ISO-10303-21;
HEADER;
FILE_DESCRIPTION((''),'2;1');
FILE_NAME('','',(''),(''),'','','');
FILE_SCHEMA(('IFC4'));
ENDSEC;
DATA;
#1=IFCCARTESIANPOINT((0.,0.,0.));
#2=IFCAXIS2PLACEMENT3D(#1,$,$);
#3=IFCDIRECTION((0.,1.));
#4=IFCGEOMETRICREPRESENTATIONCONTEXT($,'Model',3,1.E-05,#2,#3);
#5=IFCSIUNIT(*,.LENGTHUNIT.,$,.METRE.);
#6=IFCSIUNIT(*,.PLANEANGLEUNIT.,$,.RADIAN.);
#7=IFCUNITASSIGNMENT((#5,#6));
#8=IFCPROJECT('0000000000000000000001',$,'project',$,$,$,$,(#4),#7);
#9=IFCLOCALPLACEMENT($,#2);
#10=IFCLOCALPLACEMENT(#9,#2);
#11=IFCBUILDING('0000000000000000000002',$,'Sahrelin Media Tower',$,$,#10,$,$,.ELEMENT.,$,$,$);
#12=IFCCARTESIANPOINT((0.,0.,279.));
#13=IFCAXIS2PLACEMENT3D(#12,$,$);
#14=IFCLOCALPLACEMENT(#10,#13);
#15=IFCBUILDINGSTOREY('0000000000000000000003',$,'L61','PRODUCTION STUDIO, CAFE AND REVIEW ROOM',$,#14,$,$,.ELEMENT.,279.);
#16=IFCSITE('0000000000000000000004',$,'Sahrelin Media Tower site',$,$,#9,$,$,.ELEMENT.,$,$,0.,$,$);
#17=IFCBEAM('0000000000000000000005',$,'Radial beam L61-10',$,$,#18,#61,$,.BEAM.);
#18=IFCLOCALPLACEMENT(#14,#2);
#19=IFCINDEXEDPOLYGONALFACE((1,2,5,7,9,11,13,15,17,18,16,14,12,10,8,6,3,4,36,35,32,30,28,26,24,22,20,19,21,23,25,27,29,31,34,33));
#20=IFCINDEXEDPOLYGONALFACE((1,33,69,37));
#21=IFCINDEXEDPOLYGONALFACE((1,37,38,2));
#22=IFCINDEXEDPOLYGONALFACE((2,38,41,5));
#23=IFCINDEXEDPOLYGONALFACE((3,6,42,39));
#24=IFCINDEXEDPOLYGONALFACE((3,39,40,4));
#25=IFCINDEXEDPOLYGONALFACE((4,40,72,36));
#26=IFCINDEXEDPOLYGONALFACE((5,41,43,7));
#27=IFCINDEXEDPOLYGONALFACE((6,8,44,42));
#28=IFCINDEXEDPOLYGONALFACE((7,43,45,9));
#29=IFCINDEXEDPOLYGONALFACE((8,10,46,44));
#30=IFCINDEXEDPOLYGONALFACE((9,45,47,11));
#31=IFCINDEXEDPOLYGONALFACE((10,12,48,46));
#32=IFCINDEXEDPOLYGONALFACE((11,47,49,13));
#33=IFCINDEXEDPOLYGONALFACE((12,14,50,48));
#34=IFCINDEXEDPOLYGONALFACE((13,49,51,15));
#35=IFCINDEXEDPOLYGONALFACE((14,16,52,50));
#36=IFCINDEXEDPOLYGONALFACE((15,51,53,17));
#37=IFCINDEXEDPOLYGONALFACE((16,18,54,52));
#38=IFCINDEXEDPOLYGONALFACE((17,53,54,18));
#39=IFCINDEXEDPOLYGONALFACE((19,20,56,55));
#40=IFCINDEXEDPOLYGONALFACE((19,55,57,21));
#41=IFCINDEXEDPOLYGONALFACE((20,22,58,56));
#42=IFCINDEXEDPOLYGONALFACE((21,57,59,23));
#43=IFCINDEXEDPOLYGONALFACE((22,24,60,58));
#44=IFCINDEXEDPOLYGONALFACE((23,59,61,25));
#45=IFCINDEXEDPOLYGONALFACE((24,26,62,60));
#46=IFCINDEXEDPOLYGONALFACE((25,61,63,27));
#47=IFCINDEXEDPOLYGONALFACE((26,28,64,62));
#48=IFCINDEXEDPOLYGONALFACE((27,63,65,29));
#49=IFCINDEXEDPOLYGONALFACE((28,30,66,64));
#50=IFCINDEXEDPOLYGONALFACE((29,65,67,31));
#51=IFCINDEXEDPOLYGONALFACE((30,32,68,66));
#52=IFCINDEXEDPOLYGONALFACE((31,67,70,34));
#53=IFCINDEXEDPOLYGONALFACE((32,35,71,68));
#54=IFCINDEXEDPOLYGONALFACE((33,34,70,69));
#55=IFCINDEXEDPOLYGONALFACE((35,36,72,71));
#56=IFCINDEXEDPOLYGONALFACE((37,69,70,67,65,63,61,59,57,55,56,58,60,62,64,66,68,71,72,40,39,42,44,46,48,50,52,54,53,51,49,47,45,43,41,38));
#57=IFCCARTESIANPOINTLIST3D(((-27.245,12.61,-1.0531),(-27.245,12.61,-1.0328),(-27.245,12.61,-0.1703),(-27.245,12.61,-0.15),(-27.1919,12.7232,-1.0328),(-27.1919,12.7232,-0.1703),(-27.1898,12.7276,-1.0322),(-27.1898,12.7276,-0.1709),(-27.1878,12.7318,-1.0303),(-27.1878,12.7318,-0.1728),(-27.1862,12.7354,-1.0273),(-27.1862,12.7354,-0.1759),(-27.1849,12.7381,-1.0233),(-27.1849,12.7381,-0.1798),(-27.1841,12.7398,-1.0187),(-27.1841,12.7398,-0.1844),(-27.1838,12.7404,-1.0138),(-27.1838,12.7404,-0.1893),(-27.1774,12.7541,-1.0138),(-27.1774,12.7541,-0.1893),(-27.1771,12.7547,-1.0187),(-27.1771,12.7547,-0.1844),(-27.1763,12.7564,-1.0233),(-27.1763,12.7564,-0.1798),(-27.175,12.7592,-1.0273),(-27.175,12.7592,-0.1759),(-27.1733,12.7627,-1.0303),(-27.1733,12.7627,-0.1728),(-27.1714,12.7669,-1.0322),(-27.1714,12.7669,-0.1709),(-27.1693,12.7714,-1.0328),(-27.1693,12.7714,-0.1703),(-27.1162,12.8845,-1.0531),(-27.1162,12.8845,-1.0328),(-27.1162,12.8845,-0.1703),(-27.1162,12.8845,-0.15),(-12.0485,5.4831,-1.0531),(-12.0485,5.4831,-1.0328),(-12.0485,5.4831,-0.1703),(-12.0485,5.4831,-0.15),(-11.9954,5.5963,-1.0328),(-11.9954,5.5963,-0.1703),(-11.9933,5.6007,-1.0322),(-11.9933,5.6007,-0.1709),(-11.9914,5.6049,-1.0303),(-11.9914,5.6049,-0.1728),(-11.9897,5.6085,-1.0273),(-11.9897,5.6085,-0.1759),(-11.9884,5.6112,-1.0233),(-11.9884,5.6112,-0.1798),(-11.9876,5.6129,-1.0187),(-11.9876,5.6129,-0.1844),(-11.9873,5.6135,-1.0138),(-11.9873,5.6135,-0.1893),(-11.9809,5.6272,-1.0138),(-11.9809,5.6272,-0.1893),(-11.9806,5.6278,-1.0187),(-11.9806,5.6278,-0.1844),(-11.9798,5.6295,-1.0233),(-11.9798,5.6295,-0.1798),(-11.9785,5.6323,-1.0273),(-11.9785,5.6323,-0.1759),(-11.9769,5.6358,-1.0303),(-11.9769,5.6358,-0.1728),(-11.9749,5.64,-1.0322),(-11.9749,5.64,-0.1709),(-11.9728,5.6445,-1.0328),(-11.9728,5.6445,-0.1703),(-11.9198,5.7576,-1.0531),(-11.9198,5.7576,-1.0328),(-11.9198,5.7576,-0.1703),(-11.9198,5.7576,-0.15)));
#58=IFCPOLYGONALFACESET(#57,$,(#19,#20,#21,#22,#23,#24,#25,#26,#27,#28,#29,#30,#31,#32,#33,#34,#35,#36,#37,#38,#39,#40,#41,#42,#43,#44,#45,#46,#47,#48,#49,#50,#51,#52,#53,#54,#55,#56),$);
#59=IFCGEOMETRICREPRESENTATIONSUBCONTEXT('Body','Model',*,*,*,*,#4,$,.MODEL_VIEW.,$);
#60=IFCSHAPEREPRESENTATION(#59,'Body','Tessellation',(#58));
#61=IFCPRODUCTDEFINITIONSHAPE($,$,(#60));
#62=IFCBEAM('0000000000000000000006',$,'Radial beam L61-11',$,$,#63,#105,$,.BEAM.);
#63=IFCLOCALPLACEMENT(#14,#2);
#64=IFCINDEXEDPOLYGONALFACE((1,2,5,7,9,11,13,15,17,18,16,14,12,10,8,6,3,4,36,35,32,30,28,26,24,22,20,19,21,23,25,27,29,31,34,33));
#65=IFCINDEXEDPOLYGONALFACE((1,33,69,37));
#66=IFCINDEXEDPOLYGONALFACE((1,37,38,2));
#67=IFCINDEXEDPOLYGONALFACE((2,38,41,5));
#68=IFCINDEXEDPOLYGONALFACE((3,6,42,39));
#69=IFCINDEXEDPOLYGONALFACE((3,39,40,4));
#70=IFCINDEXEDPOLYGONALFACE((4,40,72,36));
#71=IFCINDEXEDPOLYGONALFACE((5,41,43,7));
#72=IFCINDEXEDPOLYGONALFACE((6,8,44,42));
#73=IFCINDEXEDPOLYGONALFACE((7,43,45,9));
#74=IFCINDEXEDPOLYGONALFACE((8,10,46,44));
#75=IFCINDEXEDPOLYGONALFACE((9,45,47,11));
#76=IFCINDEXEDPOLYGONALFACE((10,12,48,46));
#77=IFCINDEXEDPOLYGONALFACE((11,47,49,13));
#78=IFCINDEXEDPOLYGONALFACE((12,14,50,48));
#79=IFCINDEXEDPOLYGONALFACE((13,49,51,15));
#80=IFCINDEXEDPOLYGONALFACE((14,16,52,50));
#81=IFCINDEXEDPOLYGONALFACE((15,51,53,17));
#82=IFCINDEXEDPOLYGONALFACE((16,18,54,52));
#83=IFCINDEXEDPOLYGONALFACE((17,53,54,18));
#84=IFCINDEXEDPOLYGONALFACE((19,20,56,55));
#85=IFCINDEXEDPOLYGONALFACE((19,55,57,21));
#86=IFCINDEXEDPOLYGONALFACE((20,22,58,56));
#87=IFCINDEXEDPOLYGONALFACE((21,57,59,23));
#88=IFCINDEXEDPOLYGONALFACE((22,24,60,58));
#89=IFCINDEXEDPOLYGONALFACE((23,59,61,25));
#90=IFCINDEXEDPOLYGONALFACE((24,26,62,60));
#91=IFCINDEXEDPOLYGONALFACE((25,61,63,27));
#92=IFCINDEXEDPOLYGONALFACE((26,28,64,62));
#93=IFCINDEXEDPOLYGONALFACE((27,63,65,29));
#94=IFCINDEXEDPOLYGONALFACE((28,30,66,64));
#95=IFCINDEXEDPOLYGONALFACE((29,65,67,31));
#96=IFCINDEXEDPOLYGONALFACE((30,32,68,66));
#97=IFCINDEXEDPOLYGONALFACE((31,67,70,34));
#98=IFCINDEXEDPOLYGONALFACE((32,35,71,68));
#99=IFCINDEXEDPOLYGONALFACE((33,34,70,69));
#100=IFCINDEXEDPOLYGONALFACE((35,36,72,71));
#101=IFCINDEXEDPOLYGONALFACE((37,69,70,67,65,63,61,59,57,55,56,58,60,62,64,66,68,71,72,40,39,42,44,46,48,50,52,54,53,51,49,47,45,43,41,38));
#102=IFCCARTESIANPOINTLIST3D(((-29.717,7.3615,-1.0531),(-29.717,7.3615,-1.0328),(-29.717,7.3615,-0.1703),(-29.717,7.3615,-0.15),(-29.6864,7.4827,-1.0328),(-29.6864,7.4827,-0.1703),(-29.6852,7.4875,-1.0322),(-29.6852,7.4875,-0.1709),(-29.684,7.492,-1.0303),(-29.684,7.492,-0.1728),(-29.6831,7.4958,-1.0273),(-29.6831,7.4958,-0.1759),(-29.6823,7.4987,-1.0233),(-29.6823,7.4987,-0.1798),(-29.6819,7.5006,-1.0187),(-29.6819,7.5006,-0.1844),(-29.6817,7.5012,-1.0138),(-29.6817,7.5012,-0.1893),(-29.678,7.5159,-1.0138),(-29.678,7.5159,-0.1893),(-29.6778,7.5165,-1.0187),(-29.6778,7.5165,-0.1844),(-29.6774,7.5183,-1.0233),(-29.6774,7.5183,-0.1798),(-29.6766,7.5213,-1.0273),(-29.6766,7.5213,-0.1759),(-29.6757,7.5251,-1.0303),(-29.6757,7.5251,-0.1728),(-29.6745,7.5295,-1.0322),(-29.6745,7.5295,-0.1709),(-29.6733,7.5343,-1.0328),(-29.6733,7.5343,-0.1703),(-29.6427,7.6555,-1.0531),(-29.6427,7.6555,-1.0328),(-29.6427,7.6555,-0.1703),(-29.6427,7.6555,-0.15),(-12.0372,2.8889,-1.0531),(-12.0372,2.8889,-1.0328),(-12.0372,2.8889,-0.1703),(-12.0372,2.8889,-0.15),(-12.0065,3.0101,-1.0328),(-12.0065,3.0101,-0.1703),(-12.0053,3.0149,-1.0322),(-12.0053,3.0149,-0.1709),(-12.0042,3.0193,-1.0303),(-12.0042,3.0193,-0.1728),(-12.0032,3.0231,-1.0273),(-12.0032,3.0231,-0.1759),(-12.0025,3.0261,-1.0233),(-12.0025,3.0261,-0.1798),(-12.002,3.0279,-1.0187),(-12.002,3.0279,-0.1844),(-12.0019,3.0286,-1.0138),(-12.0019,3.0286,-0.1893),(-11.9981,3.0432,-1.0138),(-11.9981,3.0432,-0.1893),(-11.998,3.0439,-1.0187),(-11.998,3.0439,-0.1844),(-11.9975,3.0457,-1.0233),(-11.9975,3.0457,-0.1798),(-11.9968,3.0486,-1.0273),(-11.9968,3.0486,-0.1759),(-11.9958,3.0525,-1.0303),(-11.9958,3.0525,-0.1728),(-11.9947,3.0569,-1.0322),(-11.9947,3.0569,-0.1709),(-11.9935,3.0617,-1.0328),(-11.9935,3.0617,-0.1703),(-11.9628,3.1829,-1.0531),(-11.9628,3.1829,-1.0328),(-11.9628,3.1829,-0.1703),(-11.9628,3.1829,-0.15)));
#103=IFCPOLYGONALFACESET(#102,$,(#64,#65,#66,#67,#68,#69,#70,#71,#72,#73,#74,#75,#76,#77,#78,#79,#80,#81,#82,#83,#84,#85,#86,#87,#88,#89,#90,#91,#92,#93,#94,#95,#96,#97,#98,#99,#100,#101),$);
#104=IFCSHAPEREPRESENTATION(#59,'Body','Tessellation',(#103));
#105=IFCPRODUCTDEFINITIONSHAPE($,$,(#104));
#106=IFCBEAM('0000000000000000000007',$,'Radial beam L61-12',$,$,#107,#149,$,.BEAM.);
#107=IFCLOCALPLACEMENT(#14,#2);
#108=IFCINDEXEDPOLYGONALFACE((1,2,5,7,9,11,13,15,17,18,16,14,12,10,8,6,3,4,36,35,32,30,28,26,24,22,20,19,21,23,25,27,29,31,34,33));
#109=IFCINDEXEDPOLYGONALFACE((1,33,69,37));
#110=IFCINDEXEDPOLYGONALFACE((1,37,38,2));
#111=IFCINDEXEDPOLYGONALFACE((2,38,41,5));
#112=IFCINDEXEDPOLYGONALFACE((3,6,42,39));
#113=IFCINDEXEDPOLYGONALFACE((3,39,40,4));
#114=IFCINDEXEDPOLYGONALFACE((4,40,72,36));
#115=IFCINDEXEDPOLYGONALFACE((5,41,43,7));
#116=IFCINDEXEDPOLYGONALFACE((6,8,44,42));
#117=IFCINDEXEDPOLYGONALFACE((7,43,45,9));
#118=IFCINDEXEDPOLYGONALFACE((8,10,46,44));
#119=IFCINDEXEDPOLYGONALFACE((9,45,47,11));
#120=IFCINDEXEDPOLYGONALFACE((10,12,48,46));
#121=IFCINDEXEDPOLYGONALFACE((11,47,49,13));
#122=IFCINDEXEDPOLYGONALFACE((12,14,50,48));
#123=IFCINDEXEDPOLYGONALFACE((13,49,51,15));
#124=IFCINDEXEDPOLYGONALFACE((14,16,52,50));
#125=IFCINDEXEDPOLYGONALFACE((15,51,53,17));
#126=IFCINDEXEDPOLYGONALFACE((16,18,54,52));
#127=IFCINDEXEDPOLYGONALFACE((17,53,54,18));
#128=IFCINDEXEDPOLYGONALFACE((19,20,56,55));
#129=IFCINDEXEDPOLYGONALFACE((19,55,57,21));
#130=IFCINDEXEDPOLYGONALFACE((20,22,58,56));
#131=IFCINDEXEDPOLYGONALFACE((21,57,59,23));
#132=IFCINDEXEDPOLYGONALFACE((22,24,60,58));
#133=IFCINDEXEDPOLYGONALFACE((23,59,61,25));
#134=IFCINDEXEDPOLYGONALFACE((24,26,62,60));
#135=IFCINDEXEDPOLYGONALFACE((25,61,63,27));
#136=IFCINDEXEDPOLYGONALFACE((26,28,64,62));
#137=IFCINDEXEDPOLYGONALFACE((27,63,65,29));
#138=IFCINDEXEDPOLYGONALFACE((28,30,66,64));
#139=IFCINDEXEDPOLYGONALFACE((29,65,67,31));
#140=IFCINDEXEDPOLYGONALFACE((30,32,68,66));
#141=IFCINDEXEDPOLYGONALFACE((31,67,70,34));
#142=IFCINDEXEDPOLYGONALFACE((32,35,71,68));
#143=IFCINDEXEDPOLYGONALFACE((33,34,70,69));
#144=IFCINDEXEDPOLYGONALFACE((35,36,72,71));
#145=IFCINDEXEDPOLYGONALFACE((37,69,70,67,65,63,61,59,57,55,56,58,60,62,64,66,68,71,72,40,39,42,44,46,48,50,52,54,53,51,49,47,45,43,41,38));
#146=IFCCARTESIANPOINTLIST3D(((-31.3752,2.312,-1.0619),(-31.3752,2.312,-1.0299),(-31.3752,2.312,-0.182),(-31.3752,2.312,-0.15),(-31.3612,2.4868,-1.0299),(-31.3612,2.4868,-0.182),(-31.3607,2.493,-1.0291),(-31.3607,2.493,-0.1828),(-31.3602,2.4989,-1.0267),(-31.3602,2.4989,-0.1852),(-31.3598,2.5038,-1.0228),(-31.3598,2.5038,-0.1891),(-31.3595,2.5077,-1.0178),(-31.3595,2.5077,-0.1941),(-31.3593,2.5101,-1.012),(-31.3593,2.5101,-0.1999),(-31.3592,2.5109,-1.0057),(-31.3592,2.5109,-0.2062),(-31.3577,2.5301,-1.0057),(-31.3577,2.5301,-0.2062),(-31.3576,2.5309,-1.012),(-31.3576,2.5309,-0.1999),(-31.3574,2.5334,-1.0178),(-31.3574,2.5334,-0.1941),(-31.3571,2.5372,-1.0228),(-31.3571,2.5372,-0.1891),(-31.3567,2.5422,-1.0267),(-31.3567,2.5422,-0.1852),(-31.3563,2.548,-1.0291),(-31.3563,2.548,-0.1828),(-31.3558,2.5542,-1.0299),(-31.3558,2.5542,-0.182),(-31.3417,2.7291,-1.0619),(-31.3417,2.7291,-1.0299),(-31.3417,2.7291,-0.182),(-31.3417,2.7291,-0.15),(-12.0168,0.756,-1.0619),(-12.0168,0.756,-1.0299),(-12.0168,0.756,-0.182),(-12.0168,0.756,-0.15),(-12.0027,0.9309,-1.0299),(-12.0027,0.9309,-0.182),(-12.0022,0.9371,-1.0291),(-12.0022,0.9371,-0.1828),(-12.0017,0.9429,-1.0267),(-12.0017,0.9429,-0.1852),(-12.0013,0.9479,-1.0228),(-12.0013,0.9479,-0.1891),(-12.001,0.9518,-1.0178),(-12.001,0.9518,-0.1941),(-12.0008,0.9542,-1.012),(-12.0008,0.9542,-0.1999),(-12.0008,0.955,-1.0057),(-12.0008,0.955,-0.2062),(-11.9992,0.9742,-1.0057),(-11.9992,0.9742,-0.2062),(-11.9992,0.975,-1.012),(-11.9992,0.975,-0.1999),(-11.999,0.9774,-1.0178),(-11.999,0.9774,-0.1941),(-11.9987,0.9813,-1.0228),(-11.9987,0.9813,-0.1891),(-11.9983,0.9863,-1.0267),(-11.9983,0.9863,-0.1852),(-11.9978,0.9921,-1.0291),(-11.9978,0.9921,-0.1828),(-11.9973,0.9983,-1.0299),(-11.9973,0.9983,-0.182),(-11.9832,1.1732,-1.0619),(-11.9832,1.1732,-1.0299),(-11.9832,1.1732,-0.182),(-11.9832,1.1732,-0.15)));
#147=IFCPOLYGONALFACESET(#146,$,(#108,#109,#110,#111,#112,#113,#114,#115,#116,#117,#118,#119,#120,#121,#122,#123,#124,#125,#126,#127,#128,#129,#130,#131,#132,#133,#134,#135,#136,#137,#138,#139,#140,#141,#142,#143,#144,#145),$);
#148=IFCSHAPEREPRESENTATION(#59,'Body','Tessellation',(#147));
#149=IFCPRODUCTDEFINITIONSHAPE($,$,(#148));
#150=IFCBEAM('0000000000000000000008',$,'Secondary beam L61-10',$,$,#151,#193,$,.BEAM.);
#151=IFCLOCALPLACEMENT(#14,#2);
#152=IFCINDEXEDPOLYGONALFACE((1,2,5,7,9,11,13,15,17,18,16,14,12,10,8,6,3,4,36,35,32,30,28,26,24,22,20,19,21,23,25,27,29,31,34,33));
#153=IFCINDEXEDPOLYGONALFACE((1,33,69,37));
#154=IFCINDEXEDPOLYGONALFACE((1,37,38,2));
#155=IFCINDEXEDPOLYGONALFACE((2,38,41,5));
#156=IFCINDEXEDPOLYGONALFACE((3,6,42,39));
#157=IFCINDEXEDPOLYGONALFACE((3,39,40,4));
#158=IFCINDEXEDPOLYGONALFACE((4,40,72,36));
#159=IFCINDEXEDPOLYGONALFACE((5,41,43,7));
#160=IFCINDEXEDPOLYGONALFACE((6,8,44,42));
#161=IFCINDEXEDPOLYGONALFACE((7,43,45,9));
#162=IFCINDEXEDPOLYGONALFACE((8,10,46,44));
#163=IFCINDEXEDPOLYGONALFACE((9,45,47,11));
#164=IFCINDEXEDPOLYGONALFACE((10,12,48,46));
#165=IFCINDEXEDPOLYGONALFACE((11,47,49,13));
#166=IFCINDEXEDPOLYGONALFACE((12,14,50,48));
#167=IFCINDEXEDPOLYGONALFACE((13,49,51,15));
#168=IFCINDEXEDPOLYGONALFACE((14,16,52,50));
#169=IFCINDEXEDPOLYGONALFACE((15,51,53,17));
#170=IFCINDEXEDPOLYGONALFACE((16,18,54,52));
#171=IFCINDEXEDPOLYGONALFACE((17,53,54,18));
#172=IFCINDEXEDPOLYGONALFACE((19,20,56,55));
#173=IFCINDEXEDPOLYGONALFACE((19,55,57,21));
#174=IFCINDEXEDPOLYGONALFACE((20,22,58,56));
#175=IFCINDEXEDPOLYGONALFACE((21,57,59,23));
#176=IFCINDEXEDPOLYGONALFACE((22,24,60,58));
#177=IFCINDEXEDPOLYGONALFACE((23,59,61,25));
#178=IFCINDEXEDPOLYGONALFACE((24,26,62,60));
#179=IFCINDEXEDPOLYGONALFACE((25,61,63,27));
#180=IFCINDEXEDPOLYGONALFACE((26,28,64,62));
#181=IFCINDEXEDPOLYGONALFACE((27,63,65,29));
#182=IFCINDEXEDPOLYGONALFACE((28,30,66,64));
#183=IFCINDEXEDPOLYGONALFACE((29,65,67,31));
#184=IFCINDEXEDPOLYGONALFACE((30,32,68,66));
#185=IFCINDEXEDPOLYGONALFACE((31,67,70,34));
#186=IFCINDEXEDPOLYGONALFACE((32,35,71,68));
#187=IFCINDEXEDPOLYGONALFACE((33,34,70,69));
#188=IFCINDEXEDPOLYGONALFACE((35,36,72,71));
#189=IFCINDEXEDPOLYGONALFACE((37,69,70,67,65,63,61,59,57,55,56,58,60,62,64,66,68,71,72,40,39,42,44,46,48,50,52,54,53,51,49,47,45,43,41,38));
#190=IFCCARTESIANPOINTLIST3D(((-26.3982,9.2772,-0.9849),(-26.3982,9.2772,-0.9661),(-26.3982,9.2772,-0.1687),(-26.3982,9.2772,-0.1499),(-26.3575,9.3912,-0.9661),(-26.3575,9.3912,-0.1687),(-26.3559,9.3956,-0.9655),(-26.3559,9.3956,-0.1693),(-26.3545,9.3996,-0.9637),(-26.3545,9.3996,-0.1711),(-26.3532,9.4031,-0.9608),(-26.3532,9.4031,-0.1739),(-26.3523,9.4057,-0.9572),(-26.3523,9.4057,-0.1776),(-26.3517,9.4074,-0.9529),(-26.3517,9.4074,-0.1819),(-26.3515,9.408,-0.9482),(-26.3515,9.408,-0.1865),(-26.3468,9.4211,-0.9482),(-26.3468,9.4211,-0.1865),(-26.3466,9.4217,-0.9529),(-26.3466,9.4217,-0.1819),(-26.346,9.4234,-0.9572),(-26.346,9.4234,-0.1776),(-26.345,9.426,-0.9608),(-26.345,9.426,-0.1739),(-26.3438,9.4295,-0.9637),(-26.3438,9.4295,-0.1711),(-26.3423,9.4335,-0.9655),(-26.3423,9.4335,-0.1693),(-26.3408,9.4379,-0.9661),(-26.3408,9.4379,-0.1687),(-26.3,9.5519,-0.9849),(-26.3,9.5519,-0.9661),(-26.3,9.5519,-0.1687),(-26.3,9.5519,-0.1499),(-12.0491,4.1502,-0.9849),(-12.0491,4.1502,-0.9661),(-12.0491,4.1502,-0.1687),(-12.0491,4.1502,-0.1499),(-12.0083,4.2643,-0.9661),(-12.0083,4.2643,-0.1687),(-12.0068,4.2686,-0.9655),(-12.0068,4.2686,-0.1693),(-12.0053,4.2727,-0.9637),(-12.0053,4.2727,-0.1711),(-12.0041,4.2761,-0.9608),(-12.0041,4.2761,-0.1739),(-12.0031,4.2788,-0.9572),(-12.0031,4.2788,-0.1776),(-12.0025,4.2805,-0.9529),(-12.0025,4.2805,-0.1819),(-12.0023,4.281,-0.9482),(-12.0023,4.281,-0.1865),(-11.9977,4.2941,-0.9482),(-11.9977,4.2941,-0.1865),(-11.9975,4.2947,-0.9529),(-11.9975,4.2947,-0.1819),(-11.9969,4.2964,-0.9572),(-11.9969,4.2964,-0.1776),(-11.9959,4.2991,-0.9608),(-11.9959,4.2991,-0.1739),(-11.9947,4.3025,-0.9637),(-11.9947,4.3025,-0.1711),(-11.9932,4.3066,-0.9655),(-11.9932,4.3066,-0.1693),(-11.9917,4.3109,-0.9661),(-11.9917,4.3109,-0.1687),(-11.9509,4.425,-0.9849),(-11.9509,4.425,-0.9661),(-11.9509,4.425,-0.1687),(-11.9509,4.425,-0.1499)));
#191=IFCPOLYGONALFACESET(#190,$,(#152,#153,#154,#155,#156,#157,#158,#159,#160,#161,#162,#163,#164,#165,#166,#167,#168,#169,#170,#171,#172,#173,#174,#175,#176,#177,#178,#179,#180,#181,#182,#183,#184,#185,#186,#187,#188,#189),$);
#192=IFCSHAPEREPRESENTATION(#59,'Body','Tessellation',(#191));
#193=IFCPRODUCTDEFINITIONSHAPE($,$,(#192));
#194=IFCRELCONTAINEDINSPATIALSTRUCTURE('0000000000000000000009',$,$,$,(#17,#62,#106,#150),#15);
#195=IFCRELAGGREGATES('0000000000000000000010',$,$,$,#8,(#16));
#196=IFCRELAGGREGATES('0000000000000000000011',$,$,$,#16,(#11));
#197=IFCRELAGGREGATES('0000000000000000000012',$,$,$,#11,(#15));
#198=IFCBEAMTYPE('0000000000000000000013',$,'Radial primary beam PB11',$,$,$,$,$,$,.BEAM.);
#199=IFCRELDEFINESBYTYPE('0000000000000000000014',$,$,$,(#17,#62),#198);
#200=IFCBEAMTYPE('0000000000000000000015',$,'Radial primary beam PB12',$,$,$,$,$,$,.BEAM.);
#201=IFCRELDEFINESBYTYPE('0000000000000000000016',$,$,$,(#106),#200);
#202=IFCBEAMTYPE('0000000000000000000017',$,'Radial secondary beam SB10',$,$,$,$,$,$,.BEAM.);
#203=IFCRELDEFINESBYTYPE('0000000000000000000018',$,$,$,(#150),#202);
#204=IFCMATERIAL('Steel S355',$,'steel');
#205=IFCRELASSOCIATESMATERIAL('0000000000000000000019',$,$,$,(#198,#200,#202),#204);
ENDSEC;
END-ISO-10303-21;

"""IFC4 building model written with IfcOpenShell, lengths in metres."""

from ifc_helpers import new_model, si_unit, direction, frame, origin, origin_2d, place, context, subcontext, project, spatial, i_section, extrude, material, material_profile, profile_set, type_object, element, save


model = new_model("IFC4")

# Units and contexts
model_context = context("Model", 3, precision=1e-05, world=origin(), true_north=direction((0.0, 1.0)))
body_context = subcontext(model_context, "Body", "Model", "MODEL_VIEW")
ifc_project = project(units=[si_unit("LENGTHUNIT", "METRE"), si_unit("PLANEANGLEUNIT", "RADIAN")], contexts=[model_context])

# Site, building, storey
site_placement = place(None, origin())
site = spatial("IfcSite", under=ifc_project, at=site_placement, Name="Sahrelin Media Tower site", CompositionType="ELEMENT", RefElevation=0.0)
building_placement = place(site_placement, origin())
building = spatial("IfcBuilding", under=site, at=building_placement, Name="Sahrelin Media Tower", CompositionType="ELEMENT")
storey_placement = place(building_placement, frame((0.0, 0.0, 279.0)))
storey = spatial("IfcBuildingStorey", under=building, at=storey_placement, Name="L61", Description="PRODUCTION STUDIO, CAFE AND REVIEW ROOM", CompositionType="ELEMENT", Elevation=279.0)

# Beams
ifc_material_1 = material(Name="Steel S355", Category="steel")
ifc_material_profile_1 = material_profile(ifc_material_1, i_section(OverallWidth=0.3032, OverallDepth=0.9031, WebThickness=0.0151, FlangeThickness=0.0203, FilletRadius=0.019, at=origin_2d()), Name="UB 914x305x201")
ifc_profile_set_1 = profile_set([ifc_material_profile_1], Name="Steel S355")
beam_type_1 = type_object("IfcBeamType", Name="Radial primary beam PB11", PredefinedType="BEAM", material=ifc_profile_set_1)
beam_1_placement = place(storey_placement, frame((-11.9841, 5.6204, -0.6016), z_axis=(-0.905377, 0.424609, 0.0), x_axis=(-0.424609, -0.905377, 0.0)))
element("IfcBeam", 1, at=beam_1_placement, inside=storey, type_object=beam_type_1, Name="Radial beam L61-10", PredefinedType="BEAM", context=body_context, shape_type="SweptSolid", body=[
    extrude(i_section(OverallWidth=0.3032, OverallDepth=0.9031, WebThickness=0.0151, FlangeThickness=0.0203, FilletRadius=0.019, at=origin_2d()), origin(), (0.0, 0.0, 1.0), 16.7847),
])
beam_2_placement = place(storey_placement, frame((-12.0, 3.0359, -0.6016), z_axis=(-0.969459, 0.245253, 0.0), x_axis=(-0.245253, -0.969459, 0.0)))
element("IfcBeam", 2, at=beam_2_placement, inside=storey, type_object=beam_type_1, Name="Radial beam L61-11", PredefinedType="BEAM", context=body_context, shape_type="SweptSolid", body=[
    extrude(i_section(OverallWidth=0.3032, OverallDepth=0.9031, WebThickness=0.0151, FlangeThickness=0.0203, FilletRadius=0.019, at=origin_2d()), origin(), (0.0, 0.0, 1.0), 18.2368),
])
ifc_material_profile_2 = material_profile(ifc_material_1, i_section(OverallWidth=0.4185, OverallDepth=0.9119, WebThickness=0.0193, FlangeThickness=0.032, FilletRadius=0.0242, at=origin_2d()), Name="UB 914x419x343")
ifc_profile_set_2 = profile_set([ifc_material_profile_2], Name="Steel S355")
beam_type_2 = type_object("IfcBeamType", Name="Radial primary beam PB12", PredefinedType="BEAM", material=ifc_profile_set_2)
beam_3_placement = place(storey_placement, frame((-12.0, 0.9646, -0.606), z_axis=(-0.996786, 0.080115, 0.0), x_axis=(-0.080115, -0.996786, 0.0)))
element("IfcBeam", 3, at=beam_3_placement, inside=storey, type_object=beam_type_2, Name="Radial beam L61-12", PredefinedType="BEAM", context=body_context, shape_type="SweptSolid", body=[
    extrude(i_section(OverallWidth=0.4185, OverallDepth=0.9119, WebThickness=0.0193, FlangeThickness=0.032, FilletRadius=0.0242, at=origin_2d()), origin(), (0.0, 0.0, 1.0), 19.4209),
])
ifc_material_profile_3 = material_profile(ifc_material_1, i_section(OverallWidth=0.2917, OverallDepth=0.835, WebThickness=0.0139, FlangeThickness=0.0188, FilletRadius=0.0178, at=origin_2d()), Name="UB 838x292x176")
ifc_profile_set_3 = profile_set([ifc_material_profile_3], Name="Steel S355")
beam_type_3 = type_object("IfcBeamType", Name="Radial secondary beam SB10", PredefinedType="BEAM", material=ifc_profile_set_3)
beam_4_placement = place(storey_placement, frame((-12.0, 4.2876, -0.5674), z_axis=(-0.941695, 0.336468, 0.0), x_axis=(-0.336468, -0.941695, 0.0)))
element("IfcBeam", 4, at=beam_4_placement, inside=storey, type_object=beam_type_3, Name="Secondary beam L61-10", PredefinedType="BEAM", context=body_context, shape_type="SweptSolid", body=[
    extrude(i_section(OverallWidth=0.2917, OverallDepth=0.835, WebThickness=0.0139, FlangeThickness=0.0188, FilletRadius=0.0178, at=origin_2d()), origin(), (0.0, 0.0, 1.0), 15.2375),
])

save(model, "model.ifc")
